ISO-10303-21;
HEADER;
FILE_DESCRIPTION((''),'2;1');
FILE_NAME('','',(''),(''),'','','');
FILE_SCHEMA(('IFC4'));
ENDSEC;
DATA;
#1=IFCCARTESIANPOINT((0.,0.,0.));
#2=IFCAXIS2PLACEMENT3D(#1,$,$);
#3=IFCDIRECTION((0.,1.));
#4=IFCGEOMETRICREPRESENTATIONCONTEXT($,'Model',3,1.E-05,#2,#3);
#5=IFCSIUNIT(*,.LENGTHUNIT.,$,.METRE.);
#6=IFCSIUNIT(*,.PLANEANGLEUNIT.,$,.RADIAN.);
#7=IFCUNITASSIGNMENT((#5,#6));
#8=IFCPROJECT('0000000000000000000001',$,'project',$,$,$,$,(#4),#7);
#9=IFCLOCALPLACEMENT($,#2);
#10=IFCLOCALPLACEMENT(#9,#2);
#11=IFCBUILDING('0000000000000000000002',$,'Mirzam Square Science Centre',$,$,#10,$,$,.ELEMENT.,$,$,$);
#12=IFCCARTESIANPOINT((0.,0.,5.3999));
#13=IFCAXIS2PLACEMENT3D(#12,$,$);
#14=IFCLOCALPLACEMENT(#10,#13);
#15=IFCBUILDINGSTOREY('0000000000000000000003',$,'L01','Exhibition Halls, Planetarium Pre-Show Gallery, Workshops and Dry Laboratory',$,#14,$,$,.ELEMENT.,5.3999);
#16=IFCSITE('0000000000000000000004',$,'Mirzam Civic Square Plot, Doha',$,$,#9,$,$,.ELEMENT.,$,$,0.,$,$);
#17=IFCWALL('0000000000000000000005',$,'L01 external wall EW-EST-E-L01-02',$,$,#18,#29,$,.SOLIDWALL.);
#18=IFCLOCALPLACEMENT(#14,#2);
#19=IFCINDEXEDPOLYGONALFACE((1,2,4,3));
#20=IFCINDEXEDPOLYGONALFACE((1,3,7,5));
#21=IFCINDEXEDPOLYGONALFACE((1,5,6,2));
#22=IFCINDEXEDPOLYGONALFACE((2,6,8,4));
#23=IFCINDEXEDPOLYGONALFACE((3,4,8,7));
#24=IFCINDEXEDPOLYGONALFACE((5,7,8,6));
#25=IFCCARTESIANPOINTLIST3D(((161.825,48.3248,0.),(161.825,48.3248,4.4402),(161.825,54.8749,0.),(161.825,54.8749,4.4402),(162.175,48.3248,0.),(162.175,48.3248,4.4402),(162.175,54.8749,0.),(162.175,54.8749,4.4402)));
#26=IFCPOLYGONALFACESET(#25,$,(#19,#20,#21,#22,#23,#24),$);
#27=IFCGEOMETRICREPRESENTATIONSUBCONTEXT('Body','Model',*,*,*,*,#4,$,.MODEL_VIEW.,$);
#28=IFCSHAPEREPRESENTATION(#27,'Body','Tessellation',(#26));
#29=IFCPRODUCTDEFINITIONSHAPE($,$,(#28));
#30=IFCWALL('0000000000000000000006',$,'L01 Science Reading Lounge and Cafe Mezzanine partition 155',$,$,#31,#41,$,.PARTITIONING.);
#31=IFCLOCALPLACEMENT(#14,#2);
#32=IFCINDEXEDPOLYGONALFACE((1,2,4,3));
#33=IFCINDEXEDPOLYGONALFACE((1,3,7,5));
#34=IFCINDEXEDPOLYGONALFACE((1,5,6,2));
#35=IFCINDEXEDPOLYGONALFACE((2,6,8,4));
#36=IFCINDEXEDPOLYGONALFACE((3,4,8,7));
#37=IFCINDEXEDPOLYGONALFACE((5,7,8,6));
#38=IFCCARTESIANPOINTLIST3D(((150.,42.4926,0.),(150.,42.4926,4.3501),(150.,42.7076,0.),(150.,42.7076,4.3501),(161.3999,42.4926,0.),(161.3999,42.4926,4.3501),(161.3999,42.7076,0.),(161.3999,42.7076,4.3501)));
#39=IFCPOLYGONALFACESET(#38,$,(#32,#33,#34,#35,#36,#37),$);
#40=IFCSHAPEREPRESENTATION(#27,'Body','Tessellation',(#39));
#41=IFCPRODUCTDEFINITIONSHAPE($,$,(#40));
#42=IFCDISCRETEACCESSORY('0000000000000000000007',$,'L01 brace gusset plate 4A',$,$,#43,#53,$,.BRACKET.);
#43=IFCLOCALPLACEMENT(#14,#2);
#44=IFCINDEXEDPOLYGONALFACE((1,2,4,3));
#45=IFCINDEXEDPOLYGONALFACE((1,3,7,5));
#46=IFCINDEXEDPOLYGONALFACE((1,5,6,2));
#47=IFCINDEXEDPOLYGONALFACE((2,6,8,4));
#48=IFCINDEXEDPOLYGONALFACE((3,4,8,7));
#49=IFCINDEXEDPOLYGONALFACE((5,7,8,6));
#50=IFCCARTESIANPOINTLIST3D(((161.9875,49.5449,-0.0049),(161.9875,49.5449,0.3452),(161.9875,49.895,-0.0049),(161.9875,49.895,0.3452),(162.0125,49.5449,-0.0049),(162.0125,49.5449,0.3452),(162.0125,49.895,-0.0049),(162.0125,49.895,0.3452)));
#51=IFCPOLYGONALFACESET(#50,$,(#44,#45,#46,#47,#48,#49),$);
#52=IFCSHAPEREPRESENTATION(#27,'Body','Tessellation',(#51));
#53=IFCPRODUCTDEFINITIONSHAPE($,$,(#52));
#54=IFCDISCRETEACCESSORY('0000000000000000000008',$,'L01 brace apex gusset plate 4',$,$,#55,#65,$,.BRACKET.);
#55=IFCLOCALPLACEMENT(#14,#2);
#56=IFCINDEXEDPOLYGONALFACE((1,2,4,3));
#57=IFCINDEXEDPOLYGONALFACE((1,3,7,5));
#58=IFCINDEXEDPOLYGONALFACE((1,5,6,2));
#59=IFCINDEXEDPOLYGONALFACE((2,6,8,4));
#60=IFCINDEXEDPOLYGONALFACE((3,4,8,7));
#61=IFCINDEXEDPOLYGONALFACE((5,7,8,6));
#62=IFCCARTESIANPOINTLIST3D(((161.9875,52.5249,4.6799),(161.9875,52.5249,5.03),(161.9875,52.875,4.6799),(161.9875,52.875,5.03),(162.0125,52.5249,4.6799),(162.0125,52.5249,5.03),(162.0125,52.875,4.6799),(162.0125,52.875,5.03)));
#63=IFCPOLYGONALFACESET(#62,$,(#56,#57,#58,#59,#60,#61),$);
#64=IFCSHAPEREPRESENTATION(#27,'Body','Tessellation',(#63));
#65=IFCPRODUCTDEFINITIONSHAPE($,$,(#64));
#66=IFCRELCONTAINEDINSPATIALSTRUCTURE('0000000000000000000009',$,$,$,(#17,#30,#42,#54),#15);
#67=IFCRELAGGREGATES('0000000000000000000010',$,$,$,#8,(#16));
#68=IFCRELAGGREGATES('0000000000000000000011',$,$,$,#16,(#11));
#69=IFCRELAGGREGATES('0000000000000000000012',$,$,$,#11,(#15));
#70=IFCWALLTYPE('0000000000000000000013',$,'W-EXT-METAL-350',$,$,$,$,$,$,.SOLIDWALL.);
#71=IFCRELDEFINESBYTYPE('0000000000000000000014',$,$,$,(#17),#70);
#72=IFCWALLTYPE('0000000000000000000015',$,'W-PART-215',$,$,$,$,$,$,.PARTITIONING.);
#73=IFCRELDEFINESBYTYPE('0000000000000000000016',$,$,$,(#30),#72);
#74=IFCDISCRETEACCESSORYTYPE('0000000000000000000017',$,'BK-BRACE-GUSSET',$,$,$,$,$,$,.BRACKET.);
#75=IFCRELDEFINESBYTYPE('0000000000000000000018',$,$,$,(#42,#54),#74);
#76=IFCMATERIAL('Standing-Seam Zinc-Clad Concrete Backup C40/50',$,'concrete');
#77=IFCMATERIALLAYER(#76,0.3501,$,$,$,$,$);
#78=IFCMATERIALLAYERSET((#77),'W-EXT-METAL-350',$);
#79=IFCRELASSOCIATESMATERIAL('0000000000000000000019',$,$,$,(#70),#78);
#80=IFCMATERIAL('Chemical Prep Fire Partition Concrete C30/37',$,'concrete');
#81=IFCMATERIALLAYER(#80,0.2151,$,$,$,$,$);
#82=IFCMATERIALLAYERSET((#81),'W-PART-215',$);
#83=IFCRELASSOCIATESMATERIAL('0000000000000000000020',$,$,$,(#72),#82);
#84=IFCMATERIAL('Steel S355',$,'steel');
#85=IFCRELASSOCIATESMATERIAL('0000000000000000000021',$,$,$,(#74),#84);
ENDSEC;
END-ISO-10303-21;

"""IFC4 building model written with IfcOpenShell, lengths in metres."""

from ifc_helpers import new_model, si_unit, direction, frame, frame_2d, origin, origin_2d, place, context, subcontext, project, spatial, rectangle, extrude, material, layer, layer_set, type_object, element, save


model = new_model("IFC4")

# Units and contexts
model_context = context("Model", 3, precision=1e-05, world=origin(), true_north=direction((0.0, 1.0)))
body_context = subcontext(model_context, "Body", "Model", "MODEL_VIEW")
ifc_project = project(units=[si_unit("LENGTHUNIT", "METRE"), si_unit("PLANEANGLEUNIT", "RADIAN")], contexts=[model_context])

# Site, building, storey
site_placement = place(None, origin())
site = spatial("IfcSite", under=ifc_project, at=site_placement, Name="Mirzam Civic Square Plot, Doha", CompositionType="ELEMENT", RefElevation=0.0)
building_placement = place(site_placement, origin())
building = spatial("IfcBuilding", under=site, at=building_placement, Name="Mirzam Square Science Centre", CompositionType="ELEMENT")
storey_placement = place(building_placement, frame((0.0, 0.0, 5.3999)))
storey = spatial("IfcBuildingStorey", under=building, at=storey_placement, Name="L01", Description="Exhibition Halls, Planetarium Pre-Show Gallery, Workshops and Dry Laboratory", CompositionType="ELEMENT", Elevation=5.3999)

# Shared definitions
ifc_material_1 = material(Name="Steel S355", Category="steel")

# Walls
ifc_material_2 = material(Name="Standing-Seam Zinc-Clad Concrete Backup C40/50", Category="concrete")
ifc_layer_1 = layer(ifc_material_2, 0.3501)
ifc_layer_set_1 = layer_set([ifc_layer_1], Name="W-EXT-METAL-350")
wall_type_1 = type_object("IfcWallType", Name="W-EXT-METAL-350", PredefinedType="SOLIDWALL", material=ifc_layer_set_1)
wall_1_placement = place(storey_placement, frame((162.0, 48.325, 0.0), z_axis=(0.0, 0.0, 1.0), x_axis=(0.0, 1.0, 0.0)))
element("IfcWall", 1, at=wall_1_placement, inside=storey, type_object=wall_type_1, Name="L01 external wall EW-EST-E-L01-02", PredefinedType="SOLIDWALL", context=body_context, shape_type="SweptSolid", body=[
    extrude(rectangle(XDim=6.55, YDim=0.3501, at=frame_2d((3.2749, 0.0))), origin(), (0.0, 0.0, 1.0), 4.4402),
])
ifc_material_3 = material(Name="Chemical Prep Fire Partition Concrete C30/37", Category="concrete")
ifc_layer_2 = layer(ifc_material_3, 0.2151)
ifc_layer_set_2 = layer_set([ifc_layer_2], Name="W-PART-215")
wall_type_2 = type_object("IfcWallType", Name="W-PART-215", PredefinedType="PARTITIONING", material=ifc_layer_set_2)
wall_2_placement = place(storey_placement, frame((161.3999, 42.6001, 0.0), z_axis=(0.0, 0.0, 1.0), x_axis=(-1.0, 0.0, 0.0)))
element("IfcWall", 2, at=wall_2_placement, inside=storey, type_object=wall_type_2, Name="L01 Science Reading Lounge and Cafe Mezzanine partition 155", PredefinedType="PARTITIONING", context=body_context, shape_type="SweptSolid", body=[
    extrude(rectangle(XDim=11.3999, YDim=0.2151, at=frame_2d((5.7, 0.0))), origin(), (0.0, 0.0, 1.0), 4.3501),
])

# Discrete accessories
discrete_accessory_type = type_object("IfcDiscreteAccessoryType", Name="BK-BRACE-GUSSET", PredefinedType="BRACKET", material=ifc_material_1)
for number, where, z_axis, x_axis, name in (
    (3, (162.0, 49.72, -0.0049), (0.0, 0.0, 1.0), (0.0, 1.0, 0.0), "L01 brace gusset plate 4A"),
    (4, (162.0, 52.7, 4.6799), (0.0, 0.0, 1.0), (0.0, 1.0, 0.0), "L01 brace apex gusset plate 4"),
):
    element("IfcDiscreteAccessory", number, at=place(storey_placement, frame(where, z_axis=z_axis, x_axis=x_axis)), inside=storey, type_object=discrete_accessory_type, Name=name, PredefinedType="BRACKET", context=body_context, shape_type="SweptSolid", body=[
        extrude(rectangle(XDim=0.3501, YDim=0.0249, at=origin_2d()), origin(), (0.0, 0.0, 1.0), 0.3501),
    ])

save(model, "model.ifc")
